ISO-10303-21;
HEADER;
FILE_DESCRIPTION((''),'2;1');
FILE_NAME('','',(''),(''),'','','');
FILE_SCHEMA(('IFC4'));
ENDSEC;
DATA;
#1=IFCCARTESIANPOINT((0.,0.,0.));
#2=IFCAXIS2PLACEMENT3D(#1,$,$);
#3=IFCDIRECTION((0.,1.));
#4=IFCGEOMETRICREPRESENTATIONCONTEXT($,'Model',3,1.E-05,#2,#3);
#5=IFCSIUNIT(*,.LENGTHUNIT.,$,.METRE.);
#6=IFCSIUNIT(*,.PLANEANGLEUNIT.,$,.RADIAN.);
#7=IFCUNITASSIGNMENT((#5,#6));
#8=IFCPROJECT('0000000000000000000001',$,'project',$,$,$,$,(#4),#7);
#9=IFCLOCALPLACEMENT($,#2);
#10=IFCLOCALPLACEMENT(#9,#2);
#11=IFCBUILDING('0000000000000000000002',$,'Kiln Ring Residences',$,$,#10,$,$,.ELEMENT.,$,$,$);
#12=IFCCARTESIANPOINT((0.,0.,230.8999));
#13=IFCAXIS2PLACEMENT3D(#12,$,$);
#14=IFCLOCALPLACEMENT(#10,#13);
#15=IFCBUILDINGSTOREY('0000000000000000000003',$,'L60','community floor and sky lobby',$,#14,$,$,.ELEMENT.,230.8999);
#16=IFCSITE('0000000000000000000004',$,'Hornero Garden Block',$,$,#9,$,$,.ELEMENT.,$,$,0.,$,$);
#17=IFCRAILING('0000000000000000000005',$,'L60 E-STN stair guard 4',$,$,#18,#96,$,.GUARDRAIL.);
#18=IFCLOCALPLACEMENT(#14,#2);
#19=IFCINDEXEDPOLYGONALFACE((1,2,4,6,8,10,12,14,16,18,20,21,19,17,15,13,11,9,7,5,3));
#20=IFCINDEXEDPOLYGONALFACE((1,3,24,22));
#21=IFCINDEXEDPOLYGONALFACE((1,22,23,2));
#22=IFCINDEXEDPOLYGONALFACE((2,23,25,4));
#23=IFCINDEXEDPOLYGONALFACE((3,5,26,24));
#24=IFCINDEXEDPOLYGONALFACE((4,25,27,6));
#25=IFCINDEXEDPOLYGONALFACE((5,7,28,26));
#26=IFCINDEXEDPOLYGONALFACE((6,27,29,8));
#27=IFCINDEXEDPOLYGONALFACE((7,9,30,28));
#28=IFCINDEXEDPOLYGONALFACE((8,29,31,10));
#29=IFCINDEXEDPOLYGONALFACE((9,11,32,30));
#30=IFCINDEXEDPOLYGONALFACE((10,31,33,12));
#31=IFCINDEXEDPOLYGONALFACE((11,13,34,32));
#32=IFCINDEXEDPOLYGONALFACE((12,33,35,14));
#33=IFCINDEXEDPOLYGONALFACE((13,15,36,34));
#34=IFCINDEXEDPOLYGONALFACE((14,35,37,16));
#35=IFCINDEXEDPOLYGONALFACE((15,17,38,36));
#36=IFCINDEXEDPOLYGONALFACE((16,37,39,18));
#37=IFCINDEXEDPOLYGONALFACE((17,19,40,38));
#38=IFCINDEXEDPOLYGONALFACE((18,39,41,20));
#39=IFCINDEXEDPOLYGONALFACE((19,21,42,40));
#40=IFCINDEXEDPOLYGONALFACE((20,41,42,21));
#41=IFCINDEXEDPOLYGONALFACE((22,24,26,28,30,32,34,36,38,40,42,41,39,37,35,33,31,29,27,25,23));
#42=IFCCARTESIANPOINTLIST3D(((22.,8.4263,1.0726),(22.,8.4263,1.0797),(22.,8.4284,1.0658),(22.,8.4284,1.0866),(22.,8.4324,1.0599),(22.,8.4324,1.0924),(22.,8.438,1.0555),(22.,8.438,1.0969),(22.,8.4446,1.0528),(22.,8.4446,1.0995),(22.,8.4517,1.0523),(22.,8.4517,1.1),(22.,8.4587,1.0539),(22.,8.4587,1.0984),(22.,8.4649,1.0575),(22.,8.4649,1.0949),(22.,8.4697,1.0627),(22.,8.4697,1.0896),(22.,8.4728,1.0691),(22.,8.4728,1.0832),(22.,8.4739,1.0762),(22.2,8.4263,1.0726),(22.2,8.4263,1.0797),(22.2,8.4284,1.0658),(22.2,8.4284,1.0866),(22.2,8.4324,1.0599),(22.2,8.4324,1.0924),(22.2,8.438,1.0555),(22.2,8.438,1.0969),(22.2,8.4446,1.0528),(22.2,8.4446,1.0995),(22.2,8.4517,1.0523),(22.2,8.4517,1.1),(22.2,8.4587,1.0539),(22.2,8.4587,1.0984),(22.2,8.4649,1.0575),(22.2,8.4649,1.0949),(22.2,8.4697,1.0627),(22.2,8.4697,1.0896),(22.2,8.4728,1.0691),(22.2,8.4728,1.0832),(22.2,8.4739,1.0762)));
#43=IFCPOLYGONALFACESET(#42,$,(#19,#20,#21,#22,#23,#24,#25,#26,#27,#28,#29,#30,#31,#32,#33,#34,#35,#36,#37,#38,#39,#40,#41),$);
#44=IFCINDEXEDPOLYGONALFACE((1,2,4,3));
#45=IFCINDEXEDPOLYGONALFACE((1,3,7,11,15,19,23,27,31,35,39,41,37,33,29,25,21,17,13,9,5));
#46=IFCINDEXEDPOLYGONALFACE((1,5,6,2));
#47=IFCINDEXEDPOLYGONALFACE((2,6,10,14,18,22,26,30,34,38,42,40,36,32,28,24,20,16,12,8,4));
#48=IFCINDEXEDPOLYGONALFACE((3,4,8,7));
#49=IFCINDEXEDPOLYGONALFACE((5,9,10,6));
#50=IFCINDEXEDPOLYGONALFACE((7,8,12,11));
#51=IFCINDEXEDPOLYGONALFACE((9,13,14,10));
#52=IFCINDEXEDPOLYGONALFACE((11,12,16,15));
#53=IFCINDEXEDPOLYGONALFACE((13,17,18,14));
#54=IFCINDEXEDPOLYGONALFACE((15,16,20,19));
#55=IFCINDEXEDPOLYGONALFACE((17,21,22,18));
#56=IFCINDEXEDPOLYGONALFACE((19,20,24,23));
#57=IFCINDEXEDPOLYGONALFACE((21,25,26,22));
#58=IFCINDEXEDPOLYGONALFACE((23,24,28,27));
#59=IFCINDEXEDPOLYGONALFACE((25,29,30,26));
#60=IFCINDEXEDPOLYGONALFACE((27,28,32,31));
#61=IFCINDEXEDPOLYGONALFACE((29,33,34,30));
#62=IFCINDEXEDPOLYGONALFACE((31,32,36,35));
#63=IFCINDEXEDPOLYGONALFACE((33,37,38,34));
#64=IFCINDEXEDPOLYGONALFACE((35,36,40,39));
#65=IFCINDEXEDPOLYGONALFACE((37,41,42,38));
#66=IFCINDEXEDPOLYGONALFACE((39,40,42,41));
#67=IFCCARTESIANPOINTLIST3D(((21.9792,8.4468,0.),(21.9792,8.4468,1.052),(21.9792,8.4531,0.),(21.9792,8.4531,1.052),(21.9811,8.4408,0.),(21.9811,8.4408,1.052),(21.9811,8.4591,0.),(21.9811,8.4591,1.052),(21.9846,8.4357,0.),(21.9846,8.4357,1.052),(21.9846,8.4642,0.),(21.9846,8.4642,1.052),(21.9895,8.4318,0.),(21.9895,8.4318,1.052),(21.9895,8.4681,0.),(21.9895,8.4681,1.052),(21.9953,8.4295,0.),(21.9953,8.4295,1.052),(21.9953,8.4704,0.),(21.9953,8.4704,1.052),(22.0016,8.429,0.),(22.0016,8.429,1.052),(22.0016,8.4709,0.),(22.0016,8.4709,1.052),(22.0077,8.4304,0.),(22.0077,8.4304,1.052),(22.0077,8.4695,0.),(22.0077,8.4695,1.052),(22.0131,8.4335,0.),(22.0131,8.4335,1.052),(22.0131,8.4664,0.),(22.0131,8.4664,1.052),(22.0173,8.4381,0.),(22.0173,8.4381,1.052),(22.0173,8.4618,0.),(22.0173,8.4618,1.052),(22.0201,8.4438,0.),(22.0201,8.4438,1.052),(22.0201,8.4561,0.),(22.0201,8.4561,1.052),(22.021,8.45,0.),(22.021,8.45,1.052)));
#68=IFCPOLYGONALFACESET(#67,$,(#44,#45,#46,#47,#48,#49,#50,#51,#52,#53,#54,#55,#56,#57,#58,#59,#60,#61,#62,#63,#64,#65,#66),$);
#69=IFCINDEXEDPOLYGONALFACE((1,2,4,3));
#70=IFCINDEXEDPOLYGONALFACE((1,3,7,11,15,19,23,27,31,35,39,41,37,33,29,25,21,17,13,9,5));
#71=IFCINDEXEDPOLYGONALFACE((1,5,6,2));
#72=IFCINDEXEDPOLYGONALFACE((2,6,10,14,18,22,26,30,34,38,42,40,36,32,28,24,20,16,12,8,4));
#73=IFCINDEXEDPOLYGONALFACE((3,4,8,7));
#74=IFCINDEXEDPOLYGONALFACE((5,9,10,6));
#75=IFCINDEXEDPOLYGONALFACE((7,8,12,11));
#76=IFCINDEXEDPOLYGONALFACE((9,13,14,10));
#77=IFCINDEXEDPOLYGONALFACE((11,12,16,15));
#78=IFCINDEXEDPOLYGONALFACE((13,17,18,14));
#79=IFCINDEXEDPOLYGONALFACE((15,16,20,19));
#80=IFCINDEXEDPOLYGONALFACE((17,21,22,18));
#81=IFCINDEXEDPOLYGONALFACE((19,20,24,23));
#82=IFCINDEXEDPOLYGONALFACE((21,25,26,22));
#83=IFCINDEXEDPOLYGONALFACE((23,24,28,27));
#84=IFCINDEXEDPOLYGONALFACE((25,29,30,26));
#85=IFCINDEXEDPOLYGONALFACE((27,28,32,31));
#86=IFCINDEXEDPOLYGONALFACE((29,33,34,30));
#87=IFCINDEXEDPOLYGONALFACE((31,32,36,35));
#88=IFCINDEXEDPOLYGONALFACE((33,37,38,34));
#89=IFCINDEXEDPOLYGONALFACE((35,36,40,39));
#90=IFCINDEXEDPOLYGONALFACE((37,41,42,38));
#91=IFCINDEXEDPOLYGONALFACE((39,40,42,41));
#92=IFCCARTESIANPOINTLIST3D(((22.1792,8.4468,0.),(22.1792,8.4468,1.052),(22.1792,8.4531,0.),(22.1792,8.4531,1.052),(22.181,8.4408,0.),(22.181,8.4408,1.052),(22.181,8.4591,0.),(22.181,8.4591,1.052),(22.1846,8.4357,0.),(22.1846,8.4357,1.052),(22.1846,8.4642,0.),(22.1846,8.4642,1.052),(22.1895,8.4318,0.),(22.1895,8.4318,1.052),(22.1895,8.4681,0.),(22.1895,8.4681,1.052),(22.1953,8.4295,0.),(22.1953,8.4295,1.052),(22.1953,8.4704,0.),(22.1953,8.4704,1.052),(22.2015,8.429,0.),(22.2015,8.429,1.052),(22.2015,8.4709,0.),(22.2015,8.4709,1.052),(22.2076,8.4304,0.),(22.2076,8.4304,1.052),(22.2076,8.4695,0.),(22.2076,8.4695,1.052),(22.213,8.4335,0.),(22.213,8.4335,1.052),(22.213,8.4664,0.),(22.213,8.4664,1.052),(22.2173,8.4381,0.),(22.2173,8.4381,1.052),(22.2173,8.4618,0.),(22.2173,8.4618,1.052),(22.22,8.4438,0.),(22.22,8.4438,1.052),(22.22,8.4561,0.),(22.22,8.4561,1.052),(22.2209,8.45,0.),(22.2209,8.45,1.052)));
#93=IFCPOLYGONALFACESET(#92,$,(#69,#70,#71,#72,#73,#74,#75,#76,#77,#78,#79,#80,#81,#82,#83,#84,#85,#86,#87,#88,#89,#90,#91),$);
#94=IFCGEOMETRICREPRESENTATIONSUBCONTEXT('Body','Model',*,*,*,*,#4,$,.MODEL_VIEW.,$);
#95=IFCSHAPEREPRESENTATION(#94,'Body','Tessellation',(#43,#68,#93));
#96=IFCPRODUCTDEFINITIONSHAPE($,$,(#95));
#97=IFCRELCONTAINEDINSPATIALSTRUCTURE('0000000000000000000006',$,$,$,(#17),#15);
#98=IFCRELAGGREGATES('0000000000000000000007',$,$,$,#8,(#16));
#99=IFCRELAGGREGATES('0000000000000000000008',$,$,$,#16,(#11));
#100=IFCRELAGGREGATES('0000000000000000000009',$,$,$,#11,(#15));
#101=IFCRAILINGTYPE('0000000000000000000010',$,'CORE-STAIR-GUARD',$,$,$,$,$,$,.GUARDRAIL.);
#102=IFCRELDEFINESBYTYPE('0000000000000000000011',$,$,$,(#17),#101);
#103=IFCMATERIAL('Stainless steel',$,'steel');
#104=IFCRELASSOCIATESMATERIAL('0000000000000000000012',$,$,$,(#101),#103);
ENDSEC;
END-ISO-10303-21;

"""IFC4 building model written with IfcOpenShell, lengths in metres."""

from ifc_helpers import new_model, si_unit, direction, frame, origin, origin_2d, place, context, subcontext, project, spatial, circle, extrude, material, type_object, element, save


model = new_model("IFC4")

# Units and contexts
model_context = context("Model", 3, precision=1e-05, world=origin(), true_north=direction((0.0, 1.0)))
body_context = subcontext(model_context, "Body", "Model", "MODEL_VIEW")
ifc_project = project(units=[si_unit("LENGTHUNIT", "METRE"), si_unit("PLANEANGLEUNIT", "RADIAN")], contexts=[model_context])

# Site, building, storey
site_placement = place(None, origin())
site = spatial("IfcSite", under=ifc_project, at=site_placement, Name="Hornero Garden Block", CompositionType="ELEMENT", RefElevation=0.0)
building_placement = place(site_placement, origin())
building = spatial("IfcBuilding", under=site, at=building_placement, Name="Kiln Ring Residences", CompositionType="ELEMENT")
storey_placement = place(building_placement, frame((0.0, 0.0, 230.8999)))
storey = spatial("IfcBuildingStorey", under=building, at=storey_placement, Name="L60", Description="community floor and sky lobby", CompositionType="ELEMENT", Elevation=230.8999)

# Railing
ifc_material_1 = material(Name="Stainless steel", Category="steel")
railing_type_1 = type_object("IfcRailingType", Name="CORE-STAIR-GUARD", PredefinedType="GUARDRAIL", material=ifc_material_1)
railing_1_placement = place(storey_placement, frame((22.0, 8.45, 0.0)))
element("IfcRailing", 1, at=railing_1_placement, inside=storey, type_object=railing_type_1, Name="L60 E-STN stair guard 4", PredefinedType="GUARDRAIL", context=body_context, shape_type="SweptSolid", body=[
    extrude(circle(Radius=0.0239, at=origin_2d()), frame((0.0, 0.0, 1.0762), z_axis=(1.0, 0.0, 0.0), x_axis=(0.0, 1.0, 0.0)), (0.0, 0.0, 1.0), 0.2),
    extrude(circle(Radius=0.021, at=origin_2d()), origin(), (0.0, 0.0, 1.0), 1.052),
    extrude(circle(Radius=0.021, at=origin_2d()), frame((0.2, 0.0, 0.0)), (0.0, 0.0, 1.0), 1.052),
])

save(model, "model.ifc")
